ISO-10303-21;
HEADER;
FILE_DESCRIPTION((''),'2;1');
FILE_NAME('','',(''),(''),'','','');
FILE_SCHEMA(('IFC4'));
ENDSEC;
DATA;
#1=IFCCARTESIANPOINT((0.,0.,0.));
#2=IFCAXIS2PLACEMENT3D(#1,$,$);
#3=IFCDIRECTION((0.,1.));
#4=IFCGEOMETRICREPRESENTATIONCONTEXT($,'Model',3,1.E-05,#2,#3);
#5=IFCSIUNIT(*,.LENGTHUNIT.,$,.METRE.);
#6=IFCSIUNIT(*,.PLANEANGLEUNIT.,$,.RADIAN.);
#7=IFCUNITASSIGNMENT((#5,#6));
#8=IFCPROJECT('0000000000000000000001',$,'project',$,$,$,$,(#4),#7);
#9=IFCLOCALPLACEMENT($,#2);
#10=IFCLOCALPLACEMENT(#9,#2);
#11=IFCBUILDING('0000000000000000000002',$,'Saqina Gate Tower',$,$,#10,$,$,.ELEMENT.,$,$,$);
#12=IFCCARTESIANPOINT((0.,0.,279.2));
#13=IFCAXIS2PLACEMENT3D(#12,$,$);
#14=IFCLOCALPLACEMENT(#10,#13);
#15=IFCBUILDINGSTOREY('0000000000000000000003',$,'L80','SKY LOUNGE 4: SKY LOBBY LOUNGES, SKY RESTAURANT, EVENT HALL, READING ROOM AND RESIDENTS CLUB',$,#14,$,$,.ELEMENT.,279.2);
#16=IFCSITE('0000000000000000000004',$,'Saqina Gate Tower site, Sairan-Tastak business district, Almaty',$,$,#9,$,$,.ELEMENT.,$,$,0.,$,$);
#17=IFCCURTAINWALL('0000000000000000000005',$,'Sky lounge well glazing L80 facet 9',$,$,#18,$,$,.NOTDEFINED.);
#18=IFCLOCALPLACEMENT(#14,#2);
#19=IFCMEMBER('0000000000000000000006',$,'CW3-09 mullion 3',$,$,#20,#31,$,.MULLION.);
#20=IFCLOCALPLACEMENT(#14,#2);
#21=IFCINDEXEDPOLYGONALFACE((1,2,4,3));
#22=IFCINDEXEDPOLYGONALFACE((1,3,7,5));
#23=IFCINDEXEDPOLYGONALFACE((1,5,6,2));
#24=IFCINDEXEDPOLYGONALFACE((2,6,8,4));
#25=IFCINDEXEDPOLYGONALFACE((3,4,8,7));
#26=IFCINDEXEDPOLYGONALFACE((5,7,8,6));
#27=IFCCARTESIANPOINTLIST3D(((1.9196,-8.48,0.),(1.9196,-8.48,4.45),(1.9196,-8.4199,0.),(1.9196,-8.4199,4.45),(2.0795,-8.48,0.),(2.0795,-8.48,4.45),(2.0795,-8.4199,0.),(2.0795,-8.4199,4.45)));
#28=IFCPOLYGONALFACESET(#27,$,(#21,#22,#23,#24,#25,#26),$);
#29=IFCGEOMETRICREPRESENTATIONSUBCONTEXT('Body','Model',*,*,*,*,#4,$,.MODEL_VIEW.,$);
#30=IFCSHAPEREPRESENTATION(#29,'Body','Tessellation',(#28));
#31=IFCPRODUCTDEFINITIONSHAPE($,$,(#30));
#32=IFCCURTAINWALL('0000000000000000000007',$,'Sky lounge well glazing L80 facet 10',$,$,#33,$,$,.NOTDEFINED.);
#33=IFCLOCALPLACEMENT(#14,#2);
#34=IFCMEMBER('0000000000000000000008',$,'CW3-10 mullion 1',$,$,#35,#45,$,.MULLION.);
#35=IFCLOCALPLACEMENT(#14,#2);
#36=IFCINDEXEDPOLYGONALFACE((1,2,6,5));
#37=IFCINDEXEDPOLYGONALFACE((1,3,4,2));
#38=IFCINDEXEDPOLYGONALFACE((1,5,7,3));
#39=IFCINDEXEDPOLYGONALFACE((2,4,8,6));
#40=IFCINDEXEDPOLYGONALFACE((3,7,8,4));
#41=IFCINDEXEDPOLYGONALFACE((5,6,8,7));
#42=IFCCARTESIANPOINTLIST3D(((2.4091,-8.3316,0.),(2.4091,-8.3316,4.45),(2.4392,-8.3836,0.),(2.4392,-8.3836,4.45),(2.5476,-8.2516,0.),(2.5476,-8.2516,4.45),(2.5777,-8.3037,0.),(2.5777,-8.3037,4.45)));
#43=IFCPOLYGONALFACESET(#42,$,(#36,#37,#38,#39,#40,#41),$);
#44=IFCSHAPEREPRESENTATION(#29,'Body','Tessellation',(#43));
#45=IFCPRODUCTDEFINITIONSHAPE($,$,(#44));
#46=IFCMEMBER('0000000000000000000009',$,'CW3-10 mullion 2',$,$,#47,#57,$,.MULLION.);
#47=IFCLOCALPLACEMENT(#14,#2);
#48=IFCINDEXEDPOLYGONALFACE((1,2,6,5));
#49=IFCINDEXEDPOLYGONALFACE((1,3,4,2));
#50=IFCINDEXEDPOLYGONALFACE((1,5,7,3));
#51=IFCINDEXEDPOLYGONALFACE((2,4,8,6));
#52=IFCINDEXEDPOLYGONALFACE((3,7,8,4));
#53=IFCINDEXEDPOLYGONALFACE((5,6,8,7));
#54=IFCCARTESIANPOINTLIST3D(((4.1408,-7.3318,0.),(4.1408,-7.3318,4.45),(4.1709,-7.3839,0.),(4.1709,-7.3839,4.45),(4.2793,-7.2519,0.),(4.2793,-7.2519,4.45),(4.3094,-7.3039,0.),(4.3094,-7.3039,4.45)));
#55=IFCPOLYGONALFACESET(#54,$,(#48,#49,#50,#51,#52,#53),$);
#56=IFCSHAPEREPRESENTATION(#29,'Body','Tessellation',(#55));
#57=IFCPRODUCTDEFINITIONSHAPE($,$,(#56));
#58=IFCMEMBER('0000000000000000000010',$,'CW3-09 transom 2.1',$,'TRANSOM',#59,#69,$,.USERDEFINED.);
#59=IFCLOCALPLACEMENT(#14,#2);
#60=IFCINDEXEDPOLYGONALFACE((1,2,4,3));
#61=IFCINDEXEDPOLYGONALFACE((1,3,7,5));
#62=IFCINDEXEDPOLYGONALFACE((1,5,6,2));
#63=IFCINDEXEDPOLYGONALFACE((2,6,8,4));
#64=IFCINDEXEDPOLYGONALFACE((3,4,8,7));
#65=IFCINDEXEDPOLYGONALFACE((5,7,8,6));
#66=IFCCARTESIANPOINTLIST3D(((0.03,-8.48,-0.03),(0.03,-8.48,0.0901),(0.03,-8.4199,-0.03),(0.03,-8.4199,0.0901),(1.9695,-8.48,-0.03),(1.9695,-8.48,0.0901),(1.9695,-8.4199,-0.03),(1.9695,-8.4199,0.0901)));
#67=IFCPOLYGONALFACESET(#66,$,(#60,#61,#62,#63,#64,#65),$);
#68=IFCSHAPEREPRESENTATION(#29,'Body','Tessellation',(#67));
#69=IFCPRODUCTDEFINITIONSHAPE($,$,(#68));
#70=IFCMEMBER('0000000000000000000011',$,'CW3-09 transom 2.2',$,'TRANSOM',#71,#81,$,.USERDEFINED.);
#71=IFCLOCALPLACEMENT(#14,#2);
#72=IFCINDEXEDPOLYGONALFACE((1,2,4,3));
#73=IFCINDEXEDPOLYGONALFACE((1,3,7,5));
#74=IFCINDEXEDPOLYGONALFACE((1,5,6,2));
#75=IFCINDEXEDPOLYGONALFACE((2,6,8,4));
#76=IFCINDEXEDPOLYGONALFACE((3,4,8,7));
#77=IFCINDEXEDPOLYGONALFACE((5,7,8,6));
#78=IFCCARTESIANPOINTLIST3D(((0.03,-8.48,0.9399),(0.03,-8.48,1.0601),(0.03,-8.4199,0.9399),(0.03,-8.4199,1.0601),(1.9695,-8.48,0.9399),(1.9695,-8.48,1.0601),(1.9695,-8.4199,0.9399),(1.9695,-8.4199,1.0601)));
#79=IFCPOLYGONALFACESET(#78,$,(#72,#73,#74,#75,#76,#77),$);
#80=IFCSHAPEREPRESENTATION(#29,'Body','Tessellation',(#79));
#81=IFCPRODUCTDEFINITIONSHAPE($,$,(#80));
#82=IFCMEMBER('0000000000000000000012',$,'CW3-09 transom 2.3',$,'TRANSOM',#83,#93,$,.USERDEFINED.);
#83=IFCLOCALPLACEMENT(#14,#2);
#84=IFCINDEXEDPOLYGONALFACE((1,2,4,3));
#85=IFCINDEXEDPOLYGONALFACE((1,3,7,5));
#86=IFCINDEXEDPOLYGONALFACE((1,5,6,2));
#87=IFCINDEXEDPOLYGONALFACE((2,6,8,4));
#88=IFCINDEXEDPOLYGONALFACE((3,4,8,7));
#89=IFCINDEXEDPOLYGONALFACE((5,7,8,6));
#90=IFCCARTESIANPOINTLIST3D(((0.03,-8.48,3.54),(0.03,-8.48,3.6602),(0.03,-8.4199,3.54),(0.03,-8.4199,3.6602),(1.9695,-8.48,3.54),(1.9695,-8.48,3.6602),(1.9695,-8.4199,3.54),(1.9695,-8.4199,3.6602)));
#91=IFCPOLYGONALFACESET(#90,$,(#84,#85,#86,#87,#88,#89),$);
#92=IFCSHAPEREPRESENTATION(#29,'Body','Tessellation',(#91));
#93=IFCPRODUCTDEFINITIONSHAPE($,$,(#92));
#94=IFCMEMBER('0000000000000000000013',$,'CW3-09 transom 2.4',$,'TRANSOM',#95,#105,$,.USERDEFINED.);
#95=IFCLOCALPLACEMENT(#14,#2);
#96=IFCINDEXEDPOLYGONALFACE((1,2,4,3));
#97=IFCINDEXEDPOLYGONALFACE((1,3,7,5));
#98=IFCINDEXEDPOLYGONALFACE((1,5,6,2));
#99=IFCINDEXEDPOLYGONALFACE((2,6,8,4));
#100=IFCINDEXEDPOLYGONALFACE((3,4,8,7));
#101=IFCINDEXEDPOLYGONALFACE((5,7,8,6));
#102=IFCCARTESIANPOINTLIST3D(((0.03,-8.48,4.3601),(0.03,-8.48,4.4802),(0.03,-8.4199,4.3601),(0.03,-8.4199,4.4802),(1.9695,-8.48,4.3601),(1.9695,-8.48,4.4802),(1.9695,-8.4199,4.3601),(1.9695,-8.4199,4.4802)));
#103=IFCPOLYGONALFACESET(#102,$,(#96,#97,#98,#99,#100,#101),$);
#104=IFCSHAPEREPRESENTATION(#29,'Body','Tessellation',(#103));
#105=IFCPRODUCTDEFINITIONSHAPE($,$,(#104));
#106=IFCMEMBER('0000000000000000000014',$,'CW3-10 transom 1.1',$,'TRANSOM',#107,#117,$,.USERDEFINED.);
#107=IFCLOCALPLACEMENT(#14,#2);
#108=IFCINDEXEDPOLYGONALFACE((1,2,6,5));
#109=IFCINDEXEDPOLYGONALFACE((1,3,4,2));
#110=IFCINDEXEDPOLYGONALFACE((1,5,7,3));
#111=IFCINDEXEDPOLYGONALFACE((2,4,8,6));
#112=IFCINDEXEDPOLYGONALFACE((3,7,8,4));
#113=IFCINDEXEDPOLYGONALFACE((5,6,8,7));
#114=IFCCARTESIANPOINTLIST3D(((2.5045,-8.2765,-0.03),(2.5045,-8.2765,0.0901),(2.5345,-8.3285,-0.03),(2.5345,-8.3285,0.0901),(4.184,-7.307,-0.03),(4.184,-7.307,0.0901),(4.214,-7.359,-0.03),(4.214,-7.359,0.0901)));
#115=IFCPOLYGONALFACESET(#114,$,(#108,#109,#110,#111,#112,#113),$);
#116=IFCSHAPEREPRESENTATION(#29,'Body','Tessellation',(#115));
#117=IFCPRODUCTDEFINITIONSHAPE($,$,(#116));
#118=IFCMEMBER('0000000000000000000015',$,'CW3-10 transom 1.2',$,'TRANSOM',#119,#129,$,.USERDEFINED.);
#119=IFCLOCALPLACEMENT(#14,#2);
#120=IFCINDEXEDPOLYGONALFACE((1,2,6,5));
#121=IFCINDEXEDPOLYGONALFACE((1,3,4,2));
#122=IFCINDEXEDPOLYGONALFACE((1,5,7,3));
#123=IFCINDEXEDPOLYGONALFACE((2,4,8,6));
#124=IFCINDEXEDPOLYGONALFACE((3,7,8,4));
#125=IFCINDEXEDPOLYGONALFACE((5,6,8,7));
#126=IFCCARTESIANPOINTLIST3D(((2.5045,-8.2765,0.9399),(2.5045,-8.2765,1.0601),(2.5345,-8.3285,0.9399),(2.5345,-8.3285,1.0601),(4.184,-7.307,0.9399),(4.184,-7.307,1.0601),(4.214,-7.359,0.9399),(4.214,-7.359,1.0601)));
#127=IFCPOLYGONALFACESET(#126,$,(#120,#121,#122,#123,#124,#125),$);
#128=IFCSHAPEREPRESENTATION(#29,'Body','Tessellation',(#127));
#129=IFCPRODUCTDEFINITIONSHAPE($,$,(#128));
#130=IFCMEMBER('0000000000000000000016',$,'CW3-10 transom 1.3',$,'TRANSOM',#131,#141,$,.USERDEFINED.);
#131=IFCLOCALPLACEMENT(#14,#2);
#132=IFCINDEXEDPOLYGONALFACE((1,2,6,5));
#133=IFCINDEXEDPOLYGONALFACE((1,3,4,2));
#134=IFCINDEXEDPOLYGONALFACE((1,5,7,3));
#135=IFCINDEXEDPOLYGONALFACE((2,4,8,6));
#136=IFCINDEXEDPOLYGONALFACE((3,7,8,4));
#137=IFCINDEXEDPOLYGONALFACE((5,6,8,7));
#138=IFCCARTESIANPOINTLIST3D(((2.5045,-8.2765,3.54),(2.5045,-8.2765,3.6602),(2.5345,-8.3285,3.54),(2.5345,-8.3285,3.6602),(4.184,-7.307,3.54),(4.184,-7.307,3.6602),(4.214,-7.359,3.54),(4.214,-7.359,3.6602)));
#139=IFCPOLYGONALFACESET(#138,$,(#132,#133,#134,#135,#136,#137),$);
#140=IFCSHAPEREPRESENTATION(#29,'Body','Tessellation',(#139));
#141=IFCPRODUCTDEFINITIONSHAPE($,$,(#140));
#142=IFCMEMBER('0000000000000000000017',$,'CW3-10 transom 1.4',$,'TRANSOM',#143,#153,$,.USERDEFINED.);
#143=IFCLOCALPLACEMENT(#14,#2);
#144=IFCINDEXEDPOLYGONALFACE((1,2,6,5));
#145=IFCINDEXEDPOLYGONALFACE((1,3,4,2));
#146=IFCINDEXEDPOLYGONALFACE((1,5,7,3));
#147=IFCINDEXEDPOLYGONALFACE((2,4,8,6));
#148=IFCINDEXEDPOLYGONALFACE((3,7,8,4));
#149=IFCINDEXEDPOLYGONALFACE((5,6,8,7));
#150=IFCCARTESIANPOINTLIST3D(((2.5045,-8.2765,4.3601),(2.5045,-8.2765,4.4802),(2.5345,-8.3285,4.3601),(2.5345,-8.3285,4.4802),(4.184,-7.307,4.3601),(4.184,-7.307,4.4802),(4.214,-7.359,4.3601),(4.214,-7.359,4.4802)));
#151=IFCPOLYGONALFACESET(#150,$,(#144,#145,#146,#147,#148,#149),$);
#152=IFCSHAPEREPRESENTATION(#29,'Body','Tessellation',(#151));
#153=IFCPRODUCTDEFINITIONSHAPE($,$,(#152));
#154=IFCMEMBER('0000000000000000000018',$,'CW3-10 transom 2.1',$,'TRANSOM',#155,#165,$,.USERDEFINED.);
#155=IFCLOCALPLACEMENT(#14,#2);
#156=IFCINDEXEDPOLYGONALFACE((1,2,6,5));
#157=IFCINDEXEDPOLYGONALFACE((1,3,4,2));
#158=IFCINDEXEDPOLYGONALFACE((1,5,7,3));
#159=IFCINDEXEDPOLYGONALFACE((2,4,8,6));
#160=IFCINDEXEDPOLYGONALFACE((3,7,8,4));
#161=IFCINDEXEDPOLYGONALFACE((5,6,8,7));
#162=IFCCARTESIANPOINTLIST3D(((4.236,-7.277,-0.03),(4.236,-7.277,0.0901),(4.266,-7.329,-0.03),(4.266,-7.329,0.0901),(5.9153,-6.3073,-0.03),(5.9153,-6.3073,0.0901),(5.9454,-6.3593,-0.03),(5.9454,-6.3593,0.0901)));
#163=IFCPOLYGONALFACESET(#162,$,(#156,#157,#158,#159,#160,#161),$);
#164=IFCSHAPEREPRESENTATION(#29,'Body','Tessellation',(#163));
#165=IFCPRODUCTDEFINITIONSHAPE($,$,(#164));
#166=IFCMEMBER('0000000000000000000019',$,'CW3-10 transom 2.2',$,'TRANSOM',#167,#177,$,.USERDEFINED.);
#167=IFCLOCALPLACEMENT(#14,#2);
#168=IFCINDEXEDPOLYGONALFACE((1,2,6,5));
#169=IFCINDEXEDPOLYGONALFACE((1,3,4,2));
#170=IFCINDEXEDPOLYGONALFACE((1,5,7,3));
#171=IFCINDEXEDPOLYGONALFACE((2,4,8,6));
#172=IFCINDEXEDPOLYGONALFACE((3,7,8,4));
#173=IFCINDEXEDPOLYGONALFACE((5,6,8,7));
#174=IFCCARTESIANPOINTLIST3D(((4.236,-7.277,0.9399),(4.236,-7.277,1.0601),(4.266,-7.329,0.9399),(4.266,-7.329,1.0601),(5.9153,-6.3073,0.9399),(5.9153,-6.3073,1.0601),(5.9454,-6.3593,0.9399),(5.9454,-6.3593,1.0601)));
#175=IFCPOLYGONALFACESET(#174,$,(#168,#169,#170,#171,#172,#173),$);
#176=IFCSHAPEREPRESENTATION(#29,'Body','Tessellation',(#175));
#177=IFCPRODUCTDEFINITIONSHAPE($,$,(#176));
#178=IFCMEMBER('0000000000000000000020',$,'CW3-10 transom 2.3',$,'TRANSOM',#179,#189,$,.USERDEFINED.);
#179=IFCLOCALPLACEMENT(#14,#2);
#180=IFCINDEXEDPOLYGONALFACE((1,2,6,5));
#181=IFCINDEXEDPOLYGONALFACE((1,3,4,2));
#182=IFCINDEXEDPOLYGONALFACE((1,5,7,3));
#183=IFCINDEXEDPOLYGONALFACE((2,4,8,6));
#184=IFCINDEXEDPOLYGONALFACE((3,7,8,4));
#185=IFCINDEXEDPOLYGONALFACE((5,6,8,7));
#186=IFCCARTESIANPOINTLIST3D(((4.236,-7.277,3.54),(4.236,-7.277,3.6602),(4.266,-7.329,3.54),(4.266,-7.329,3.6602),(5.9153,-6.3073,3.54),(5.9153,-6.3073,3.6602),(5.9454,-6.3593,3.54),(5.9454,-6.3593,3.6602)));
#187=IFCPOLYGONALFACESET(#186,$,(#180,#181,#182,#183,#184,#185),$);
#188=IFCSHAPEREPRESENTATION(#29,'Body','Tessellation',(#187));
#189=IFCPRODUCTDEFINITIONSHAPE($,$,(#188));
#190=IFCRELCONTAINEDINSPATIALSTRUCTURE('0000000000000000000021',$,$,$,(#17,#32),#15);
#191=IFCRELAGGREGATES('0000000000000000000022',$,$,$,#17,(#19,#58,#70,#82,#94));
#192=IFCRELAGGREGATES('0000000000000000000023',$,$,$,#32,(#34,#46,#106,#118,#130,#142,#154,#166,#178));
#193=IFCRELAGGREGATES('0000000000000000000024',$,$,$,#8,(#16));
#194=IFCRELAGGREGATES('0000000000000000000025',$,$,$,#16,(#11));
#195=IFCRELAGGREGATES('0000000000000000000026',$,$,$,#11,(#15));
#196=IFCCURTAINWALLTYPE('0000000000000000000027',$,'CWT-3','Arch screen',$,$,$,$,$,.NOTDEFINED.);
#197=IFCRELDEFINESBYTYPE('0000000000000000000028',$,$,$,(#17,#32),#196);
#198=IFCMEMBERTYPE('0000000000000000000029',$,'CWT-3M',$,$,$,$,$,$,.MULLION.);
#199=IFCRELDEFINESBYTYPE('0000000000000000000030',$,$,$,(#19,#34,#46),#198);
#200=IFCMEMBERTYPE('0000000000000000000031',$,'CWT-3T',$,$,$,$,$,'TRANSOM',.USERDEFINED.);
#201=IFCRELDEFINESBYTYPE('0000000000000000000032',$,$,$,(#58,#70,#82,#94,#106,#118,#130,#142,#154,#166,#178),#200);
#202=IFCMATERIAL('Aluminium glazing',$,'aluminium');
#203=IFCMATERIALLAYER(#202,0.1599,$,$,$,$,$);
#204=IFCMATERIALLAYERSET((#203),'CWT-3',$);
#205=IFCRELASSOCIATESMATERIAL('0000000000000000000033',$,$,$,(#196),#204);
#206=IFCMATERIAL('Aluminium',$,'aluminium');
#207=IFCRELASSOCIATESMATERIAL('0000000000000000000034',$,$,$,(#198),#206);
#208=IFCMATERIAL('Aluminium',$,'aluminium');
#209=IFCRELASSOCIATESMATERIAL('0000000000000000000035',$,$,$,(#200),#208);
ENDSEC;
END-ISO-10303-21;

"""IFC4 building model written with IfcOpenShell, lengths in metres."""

from ifc_helpers import new_model, si_unit, direction, frame, origin, origin_2d, place, context, subcontext, project, spatial, rectangle, extrude, material, layer, layer_set, material_profile, profile_set, type_object, element, aggregate, save


model = new_model("IFC4")

# Units and contexts
model_context = context("Model", 3, precision=1e-05, world=origin(), true_north=direction((0.0, 1.0)))
body_context = subcontext(model_context, "Body", "Model", "MODEL_VIEW")
ifc_project = project(units=[si_unit("LENGTHUNIT", "METRE"), si_unit("PLANEANGLEUNIT", "RADIAN")], contexts=[model_context])

# Site, building, storey
site_placement = place(None, origin())
site = spatial("IfcSite", under=ifc_project, at=site_placement, Name="Saqina Gate Tower site, Sairan-Tastak business district, Almaty", CompositionType="ELEMENT", RefElevation=0.0)
building_placement = place(site_placement, origin())
building = spatial("IfcBuilding", under=site, at=building_placement, Name="Saqina Gate Tower", CompositionType="ELEMENT")
storey_placement = place(building_placement, frame((0.0, 0.0, 279.2)))
storey = spatial("IfcBuildingStorey", under=building, at=storey_placement, Name="L80", Description="SKY LOUNGE 4: SKY LOBBY LOUNGES, SKY RESTAURANT, EVENT HALL, READING ROOM AND RESIDENTS CLUB", CompositionType="ELEMENT", Elevation=279.2)

# Curtain wall, member
ifc_material_1 = material(Name="Aluminium glazing", Category="aluminium")
ifc_layer_1 = layer(ifc_material_1, 0.1599)
ifc_layer_set_1 = layer_set([ifc_layer_1], Name="CWT-3")
curtain_wall_type = type_object("IfcCurtainWallType", Name="CWT-3", Description="Arch screen", PredefinedType="NOTDEFINED", material=ifc_layer_set_1)
curtain_wall_1_placement = place(storey_placement, origin())
curtain_wall_1 = element("IfcCurtainWall", 1, at=curtain_wall_1_placement, inside=storey, type_object=curtain_wall_type, Name="Sky lounge well glazing L80 facet 9", PredefinedType="NOTDEFINED")
ifc_material_2 = material(Name="Aluminium", Category="aluminium")
ifc_material_profile_1 = material_profile(ifc_material_2, rectangle(XDim=0.0601, YDim=0.1599, at=origin_2d()), Name="Aluminium 60x160")
ifc_profile_set_1 = profile_set([ifc_material_profile_1], Name="Aluminium")
member_type_1 = type_object("IfcMemberType", Name="CWT-3M", PredefinedType="MULLION", material=ifc_profile_set_1)
member_1_placement = place(storey_placement, frame((1.9995, -8.45, 0.0), z_axis=(0.0, 0.0, 1.0), x_axis=(0.0, 1.0, 0.0)))
member_1 = element("IfcMember", 2, at=member_1_placement, type_object=member_type_1, Name="CW3-09 mullion 3", PredefinedType="MULLION", context=body_context, shape_type="SweptSolid", body=[
    extrude(rectangle(XDim=0.0601, YDim=0.1599, at=origin_2d()), origin(), (0.0, 0.0, 1.0), 4.45),
])

# Curtain wall, members
curtain_wall_2_placement = place(storey_placement, origin())
curtain_wall_2 = element("IfcCurtainWall", 3, at=curtain_wall_2_placement, inside=storey, type_object=curtain_wall_type, Name="Sky lounge well glazing L80 facet 10", PredefinedType="NOTDEFINED")
member_2_placement = place(storey_placement, frame((2.4934, -8.3176, 0.0), z_axis=(0.0, 0.0, 1.0), x_axis=(-0.500003, 0.866024, 0.0)))
member_2 = element("IfcMember", 4, at=member_2_placement, type_object=member_type_1, Name="CW3-10 mullion 1", PredefinedType="MULLION", context=body_context, shape_type="SweptSolid", body=[
    extrude(rectangle(XDim=0.0601, YDim=0.1599, at=origin_2d()), origin(), (0.0, 0.0, 1.0), 4.45),
])
member_3_placement = place(storey_placement, frame((4.2251, -7.3179, 0.0), z_axis=(0.0, 0.0, 1.0), x_axis=(-0.500003, 0.866024, 0.0)))
member_3 = element("IfcMember", 5, at=member_3_placement, type_object=member_type_1, Name="CW3-10 mullion 2", PredefinedType="MULLION", context=body_context, shape_type="SweptSolid", body=[
    extrude(rectangle(XDim=0.0601, YDim=0.1599, at=origin_2d()), origin(), (0.0, 0.0, 1.0), 4.45),
])

# Members
ifc_material_3 = material(Name="Aluminium", Category="aluminium")
ifc_material_profile_2 = material_profile(ifc_material_3, rectangle(XDim=0.0601, YDim=0.1201, at=origin_2d()), Name="Aluminium 60x120")
ifc_profile_set_2 = profile_set([ifc_material_profile_2], Name="Aluminium")
member_type_2 = type_object("IfcMemberType", Name="CWT-3T", ElementType="TRANSOM", PredefinedType="USERDEFINED", material=ifc_profile_set_2)
member_4_placement = place(storey_placement, frame((0.03, -8.45, 0.03), z_axis=(1.0, 0.0, 0.0), x_axis=(0.0, 1.0, 0.0)))
member_4 = element("IfcMember", 6, at=member_4_placement, type_object=member_type_2, Name="CW3-09 transom 2.1", ObjectType="TRANSOM", PredefinedType="USERDEFINED", context=body_context, shape_type="SweptSolid", body=[
    extrude(rectangle(XDim=0.0601, YDim=0.1201, at=origin_2d()), origin(), (0.0, 0.0, 1.0), 1.9395),
])
member_5_placement = place(storey_placement, frame((0.03, -8.45, 1.0), z_axis=(1.0, 0.0, 0.0), x_axis=(0.0, 1.0, 0.0)))
member_5 = element("IfcMember", 7, at=member_5_placement, type_object=member_type_2, Name="CW3-09 transom 2.2", ObjectType="TRANSOM", PredefinedType="USERDEFINED", context=body_context, shape_type="SweptSolid", body=[
    extrude(rectangle(XDim=0.0601, YDim=0.1201, at=origin_2d()), origin(), (0.0, 0.0, 1.0), 1.9395),
])
member_6_placement = place(storey_placement, frame((0.03, -8.45, 3.6001), z_axis=(1.0, 0.0, 0.0), x_axis=(0.0, 1.0, 0.0)))
member_6 = element("IfcMember", 8, at=member_6_placement, type_object=member_type_2, Name="CW3-09 transom 2.3", ObjectType="TRANSOM", PredefinedType="USERDEFINED", context=body_context, shape_type="SweptSolid", body=[
    extrude(rectangle(XDim=0.0601, YDim=0.1201, at=origin_2d()), origin(), (0.0, 0.0, 1.0), 1.9395),
])
member_7_placement = place(storey_placement, frame((0.03, -8.45, 4.4202), z_axis=(1.0, 0.0, 0.0), x_axis=(0.0, 1.0, 0.0)))
member_7 = element("IfcMember", 9, at=member_7_placement, type_object=member_type_2, Name="CW3-09 transom 2.4", ObjectType="TRANSOM", PredefinedType="USERDEFINED", context=body_context, shape_type="SweptSolid", body=[
    extrude(rectangle(XDim=0.0601, YDim=0.1201, at=origin_2d()), origin(), (0.0, 0.0, 1.0), 1.9395),
])
member_8_placement = place(storey_placement, frame((2.5195, -8.3025, 0.03), z_axis=(0.866058, 0.499944, 0.0), x_axis=(-0.499944, 0.866058, 0.0)))
member_8 = element("IfcMember", 10, at=member_8_placement, type_object=member_type_2, Name="CW3-10 transom 1.1", ObjectType="TRANSOM", PredefinedType="USERDEFINED", context=body_context, shape_type="SweptSolid", body=[
    extrude(rectangle(XDim=0.0601, YDim=0.1201, at=origin_2d()), origin(), (0.0, 0.0, 1.0), 1.9392),
])
member_9_placement = place(storey_placement, frame((2.5195, -8.3025, 1.0), z_axis=(0.866058, 0.499944, 0.0), x_axis=(-0.499944, 0.866058, 0.0)))
member_9 = element("IfcMember", 11, at=member_9_placement, type_object=member_type_2, Name="CW3-10 transom 1.2", ObjectType="TRANSOM", PredefinedType="USERDEFINED", context=body_context, shape_type="SweptSolid", body=[
    extrude(rectangle(XDim=0.0601, YDim=0.1201, at=origin_2d()), origin(), (0.0, 0.0, 1.0), 1.9392),
])
member_10_placement = place(storey_placement, frame((2.5195, -8.3025, 3.6001), z_axis=(0.866058, 0.499944, 0.0), x_axis=(-0.499944, 0.866058, 0.0)))
member_10 = element("IfcMember", 12, at=member_10_placement, type_object=member_type_2, Name="CW3-10 transom 1.3", ObjectType="TRANSOM", PredefinedType="USERDEFINED", context=body_context, shape_type="SweptSolid", body=[
    extrude(rectangle(XDim=0.0601, YDim=0.1201, at=origin_2d()), origin(), (0.0, 0.0, 1.0), 1.9392),
])
member_11_placement = place(storey_placement, frame((2.5195, -8.3025, 4.4202), z_axis=(0.866058, 0.499944, 0.0), x_axis=(-0.499944, 0.866058, 0.0)))
member_11 = element("IfcMember", 13, at=member_11_placement, type_object=member_type_2, Name="CW3-10 transom 1.4", ObjectType="TRANSOM", PredefinedType="USERDEFINED", context=body_context, shape_type="SweptSolid", body=[
    extrude(rectangle(XDim=0.0601, YDim=0.1201, at=origin_2d()), origin(), (0.0, 0.0, 1.0), 1.9392),
])
member_12_placement = place(storey_placement, frame((4.251, -7.303, 0.03), z_axis=(0.866003, 0.500038, 0.0), x_axis=(-0.500038, 0.866003, 0.0)))
member_12 = element("IfcMember", 14, at=member_12_placement, type_object=member_type_2, Name="CW3-10 transom 2.1", ObjectType="TRANSOM", PredefinedType="USERDEFINED", context=body_context, shape_type="SweptSolid", body=[
    extrude(rectangle(XDim=0.0601, YDim=0.1201, at=origin_2d()), origin(), (0.0, 0.0, 1.0), 1.9392),
])
member_13_placement = place(storey_placement, frame((4.251, -7.303, 1.0), z_axis=(0.866003, 0.500038, 0.0), x_axis=(-0.500038, 0.866003, 0.0)))
member_13 = element("IfcMember", 15, at=member_13_placement, type_object=member_type_2, Name="CW3-10 transom 2.2", ObjectType="TRANSOM", PredefinedType="USERDEFINED", context=body_context, shape_type="SweptSolid", body=[
    extrude(rectangle(XDim=0.0601, YDim=0.1201, at=origin_2d()), origin(), (0.0, 0.0, 1.0), 1.9392),
])
member_14_placement = place(storey_placement, frame((4.251, -7.303, 3.6001), z_axis=(0.866003, 0.500038, 0.0), x_axis=(-0.500038, 0.866003, 0.0)))
member_14 = element("IfcMember", 16, at=member_14_placement, type_object=member_type_2, Name="CW3-10 transom 2.3", ObjectType="TRANSOM", PredefinedType="USERDEFINED", context=body_context, shape_type="SweptSolid", body=[
    extrude(rectangle(XDim=0.0601, YDim=0.1201, at=origin_2d()), origin(), (0.0, 0.0, 1.0), 1.9392),
])

aggregate(curtain_wall_1, [member_1, member_4, member_5, member_6, member_7])
aggregate(curtain_wall_2, [member_2, member_3, member_8, member_9, member_10, member_11, member_12, member_13, member_14])

save(model, "model.ifc")
